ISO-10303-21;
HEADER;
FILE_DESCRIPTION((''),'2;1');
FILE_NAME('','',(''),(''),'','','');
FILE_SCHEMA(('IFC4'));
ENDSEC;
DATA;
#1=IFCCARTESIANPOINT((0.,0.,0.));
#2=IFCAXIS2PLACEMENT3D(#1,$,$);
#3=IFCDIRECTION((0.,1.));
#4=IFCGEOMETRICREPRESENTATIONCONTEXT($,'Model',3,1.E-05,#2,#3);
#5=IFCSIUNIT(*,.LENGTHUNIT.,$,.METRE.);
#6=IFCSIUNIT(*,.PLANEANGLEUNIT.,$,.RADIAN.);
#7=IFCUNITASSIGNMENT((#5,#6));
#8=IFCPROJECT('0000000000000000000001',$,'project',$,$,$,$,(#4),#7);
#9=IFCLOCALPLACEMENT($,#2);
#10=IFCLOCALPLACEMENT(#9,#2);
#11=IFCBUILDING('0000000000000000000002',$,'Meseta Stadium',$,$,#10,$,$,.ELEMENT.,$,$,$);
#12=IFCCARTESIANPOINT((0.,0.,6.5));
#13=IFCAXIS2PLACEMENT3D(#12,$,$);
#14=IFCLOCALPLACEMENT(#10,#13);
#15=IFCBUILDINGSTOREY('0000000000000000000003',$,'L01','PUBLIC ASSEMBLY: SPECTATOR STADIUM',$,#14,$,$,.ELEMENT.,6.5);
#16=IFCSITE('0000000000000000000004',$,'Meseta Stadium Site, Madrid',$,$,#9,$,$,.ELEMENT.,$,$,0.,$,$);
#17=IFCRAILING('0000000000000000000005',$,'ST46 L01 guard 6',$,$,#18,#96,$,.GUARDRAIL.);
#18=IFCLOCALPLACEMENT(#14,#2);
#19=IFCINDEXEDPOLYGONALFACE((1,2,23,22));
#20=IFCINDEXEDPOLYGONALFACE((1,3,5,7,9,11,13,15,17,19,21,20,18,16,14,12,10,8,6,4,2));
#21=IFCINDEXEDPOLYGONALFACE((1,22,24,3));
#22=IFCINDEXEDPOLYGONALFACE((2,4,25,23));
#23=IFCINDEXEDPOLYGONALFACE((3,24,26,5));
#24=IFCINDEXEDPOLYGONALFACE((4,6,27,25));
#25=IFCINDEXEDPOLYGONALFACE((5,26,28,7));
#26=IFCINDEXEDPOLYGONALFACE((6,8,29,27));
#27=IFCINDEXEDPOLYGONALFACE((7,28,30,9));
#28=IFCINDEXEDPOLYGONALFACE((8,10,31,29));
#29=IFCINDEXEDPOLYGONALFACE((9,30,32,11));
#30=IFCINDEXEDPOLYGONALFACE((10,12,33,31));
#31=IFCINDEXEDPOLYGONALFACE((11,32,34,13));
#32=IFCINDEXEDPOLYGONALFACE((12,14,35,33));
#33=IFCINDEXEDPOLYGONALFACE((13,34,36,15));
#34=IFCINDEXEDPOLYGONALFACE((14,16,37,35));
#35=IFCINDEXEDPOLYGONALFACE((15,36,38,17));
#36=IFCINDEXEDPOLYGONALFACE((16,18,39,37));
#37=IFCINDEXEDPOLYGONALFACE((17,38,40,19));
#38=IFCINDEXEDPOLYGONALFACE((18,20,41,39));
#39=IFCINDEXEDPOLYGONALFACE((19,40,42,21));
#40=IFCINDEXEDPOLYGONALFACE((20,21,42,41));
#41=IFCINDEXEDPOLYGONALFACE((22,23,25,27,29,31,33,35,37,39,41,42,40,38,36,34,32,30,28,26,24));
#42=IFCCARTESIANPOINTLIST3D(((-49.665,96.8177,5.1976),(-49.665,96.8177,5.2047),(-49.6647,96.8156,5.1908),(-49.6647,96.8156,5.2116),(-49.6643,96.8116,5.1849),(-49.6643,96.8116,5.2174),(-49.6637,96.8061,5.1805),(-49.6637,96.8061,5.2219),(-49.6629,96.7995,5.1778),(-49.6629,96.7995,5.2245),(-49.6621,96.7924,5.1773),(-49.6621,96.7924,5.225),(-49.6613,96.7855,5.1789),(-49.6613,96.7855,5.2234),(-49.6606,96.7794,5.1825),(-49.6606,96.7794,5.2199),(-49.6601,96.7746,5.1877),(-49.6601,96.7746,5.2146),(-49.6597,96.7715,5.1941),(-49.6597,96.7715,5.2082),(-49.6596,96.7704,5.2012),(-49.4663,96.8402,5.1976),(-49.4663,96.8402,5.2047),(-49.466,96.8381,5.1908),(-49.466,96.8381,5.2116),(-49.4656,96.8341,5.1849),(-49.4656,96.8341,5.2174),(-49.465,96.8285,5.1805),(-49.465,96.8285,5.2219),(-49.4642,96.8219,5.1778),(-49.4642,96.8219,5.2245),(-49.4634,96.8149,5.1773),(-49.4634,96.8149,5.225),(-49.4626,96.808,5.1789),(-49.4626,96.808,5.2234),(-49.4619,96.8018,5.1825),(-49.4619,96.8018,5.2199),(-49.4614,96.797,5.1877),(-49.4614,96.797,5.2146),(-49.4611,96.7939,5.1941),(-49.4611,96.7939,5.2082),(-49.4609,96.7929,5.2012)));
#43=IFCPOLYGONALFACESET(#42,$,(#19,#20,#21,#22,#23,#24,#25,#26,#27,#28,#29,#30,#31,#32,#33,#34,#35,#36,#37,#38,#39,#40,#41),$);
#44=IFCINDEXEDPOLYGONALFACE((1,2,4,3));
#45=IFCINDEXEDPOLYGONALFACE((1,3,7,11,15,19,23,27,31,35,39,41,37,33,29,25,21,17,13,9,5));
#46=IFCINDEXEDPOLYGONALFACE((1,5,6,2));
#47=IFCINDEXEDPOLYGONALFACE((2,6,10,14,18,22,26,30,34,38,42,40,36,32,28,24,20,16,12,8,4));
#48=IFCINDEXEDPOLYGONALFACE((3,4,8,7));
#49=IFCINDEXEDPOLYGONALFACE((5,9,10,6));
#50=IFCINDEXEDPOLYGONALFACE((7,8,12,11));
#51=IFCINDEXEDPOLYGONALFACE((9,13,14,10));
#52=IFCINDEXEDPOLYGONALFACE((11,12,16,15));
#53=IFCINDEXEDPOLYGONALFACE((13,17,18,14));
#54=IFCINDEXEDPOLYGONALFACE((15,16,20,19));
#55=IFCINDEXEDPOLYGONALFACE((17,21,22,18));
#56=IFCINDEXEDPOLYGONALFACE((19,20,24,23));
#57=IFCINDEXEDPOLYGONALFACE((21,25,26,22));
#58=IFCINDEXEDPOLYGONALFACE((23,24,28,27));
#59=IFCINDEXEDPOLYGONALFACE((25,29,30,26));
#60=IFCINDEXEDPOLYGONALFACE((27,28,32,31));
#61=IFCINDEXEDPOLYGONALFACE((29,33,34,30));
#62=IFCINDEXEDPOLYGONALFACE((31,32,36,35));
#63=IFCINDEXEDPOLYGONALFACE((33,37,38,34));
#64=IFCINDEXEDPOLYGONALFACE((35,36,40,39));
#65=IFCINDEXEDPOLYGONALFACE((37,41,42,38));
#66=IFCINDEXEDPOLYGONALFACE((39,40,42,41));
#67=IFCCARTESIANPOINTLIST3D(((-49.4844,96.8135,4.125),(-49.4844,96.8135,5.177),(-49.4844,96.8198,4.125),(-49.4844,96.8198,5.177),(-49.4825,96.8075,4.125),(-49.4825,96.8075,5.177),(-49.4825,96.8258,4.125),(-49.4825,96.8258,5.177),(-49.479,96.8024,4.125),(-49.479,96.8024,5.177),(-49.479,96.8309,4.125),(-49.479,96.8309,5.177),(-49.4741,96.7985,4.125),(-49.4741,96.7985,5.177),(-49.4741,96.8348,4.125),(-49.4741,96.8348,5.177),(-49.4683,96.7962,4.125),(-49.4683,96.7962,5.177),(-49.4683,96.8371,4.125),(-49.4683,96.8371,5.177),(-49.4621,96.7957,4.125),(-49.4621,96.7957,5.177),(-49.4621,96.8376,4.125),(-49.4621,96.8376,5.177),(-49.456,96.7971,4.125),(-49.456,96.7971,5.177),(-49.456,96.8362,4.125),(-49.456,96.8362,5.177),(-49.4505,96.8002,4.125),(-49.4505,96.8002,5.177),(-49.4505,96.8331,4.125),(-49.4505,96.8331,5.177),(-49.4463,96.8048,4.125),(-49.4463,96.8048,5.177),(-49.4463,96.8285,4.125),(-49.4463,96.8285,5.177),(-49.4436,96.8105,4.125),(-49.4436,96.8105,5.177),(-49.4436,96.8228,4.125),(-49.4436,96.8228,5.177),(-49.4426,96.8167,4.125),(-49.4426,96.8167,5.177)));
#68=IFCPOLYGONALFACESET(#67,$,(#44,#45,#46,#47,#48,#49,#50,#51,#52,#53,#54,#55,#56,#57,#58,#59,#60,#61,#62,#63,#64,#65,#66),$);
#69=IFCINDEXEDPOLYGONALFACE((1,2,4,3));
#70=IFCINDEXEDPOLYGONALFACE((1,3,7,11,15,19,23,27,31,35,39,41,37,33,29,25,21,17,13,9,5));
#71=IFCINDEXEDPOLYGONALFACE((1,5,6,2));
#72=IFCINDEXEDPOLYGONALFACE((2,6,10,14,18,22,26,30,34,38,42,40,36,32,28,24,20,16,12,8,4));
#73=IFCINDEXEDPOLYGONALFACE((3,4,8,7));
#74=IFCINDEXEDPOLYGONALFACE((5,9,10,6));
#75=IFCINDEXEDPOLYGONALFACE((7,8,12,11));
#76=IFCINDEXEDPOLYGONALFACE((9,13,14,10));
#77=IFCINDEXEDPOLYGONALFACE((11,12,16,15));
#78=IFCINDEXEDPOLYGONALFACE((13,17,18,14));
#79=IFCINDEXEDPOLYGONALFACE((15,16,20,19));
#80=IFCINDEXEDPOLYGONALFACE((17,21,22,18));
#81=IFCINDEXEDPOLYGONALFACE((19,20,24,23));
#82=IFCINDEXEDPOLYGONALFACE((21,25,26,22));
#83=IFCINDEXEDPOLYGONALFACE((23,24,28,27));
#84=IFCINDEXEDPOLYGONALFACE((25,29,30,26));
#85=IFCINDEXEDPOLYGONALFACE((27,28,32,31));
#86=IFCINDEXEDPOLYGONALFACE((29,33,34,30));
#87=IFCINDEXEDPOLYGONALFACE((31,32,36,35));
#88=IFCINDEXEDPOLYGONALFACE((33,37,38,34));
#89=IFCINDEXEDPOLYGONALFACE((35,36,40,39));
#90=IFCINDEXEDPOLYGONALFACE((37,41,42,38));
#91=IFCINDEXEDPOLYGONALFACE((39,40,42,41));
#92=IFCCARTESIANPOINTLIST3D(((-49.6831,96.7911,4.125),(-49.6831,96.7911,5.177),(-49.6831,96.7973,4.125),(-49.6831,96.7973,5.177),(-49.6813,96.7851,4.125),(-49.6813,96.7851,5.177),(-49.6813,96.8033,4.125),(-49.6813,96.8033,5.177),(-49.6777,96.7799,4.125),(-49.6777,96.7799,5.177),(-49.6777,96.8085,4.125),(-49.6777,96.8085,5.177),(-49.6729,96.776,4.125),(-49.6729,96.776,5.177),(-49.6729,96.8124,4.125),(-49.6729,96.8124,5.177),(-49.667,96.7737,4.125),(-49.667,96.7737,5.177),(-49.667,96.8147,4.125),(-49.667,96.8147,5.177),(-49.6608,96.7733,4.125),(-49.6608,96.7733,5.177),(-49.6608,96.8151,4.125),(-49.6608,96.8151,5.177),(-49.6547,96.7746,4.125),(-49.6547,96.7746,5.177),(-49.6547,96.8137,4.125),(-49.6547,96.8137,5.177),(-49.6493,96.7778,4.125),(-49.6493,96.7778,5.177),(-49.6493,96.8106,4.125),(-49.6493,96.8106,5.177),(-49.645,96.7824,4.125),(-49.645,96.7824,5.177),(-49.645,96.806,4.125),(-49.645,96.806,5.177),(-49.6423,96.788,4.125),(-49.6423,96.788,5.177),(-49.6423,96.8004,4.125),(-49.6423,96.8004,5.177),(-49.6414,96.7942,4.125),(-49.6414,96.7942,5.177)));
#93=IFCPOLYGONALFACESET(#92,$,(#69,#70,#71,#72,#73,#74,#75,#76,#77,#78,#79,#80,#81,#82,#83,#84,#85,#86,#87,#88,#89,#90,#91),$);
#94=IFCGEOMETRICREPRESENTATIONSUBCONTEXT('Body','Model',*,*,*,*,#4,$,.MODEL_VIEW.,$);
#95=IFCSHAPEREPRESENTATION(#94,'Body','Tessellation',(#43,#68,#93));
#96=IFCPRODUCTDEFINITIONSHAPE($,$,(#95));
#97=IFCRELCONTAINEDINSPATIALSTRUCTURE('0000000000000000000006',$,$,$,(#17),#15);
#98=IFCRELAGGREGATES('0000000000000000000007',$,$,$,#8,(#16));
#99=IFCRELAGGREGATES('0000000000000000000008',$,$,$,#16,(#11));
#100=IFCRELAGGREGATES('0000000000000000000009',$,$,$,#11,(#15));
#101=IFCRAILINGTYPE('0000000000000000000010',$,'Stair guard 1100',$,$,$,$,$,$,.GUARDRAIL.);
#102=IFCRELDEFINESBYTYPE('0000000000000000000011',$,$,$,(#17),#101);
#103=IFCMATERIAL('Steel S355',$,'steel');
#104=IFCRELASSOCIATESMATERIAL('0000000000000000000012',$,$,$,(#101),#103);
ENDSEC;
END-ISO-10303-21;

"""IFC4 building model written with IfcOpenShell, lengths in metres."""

from ifc_helpers import new_model, si_unit, direction, frame, origin, origin_2d, place, context, subcontext, project, spatial, circle, extrude, material, type_object, element, save


model = new_model("IFC4")

# Units and contexts
model_context = context("Model", 3, precision=1e-05, world=origin(), true_north=direction((0.0, 1.0)))
body_context = subcontext(model_context, "Body", "Model", "MODEL_VIEW")
ifc_project = project(units=[si_unit("LENGTHUNIT", "METRE"), si_unit("PLANEANGLEUNIT", "RADIAN")], contexts=[model_context])

# Site, building, storey
site_placement = place(None, origin())
site = spatial("IfcSite", under=ifc_project, at=site_placement, Name="Meseta Stadium Site, Madrid", CompositionType="ELEMENT", RefElevation=0.0)
building_placement = place(site_placement, origin())
building = spatial("IfcBuilding", under=site, at=building_placement, Name="Meseta Stadium", CompositionType="ELEMENT")
storey_placement = place(building_placement, frame((0.0, 0.0, 6.5)))
storey = spatial("IfcBuildingStorey", under=building, at=storey_placement, Name="L01", Description="PUBLIC ASSEMBLY: SPECTATOR STADIUM", CompositionType="ELEMENT", Elevation=6.5)

# Railing
ifc_material_1 = material(Name="Steel S355", Category="steel")
railing_type_1 = type_object("IfcRailingType", Name="Stair guard 1100", PredefinedType="GUARDRAIL", material=ifc_material_1)
railing_1_placement = place(storey_placement, frame((-49.4636, 96.8167, 4.125)))
element("IfcRailing", 1, at=railing_1_placement, inside=storey, type_object=railing_type_1, Name="ST46 L01 guard 6", PredefinedType="GUARDRAIL", context=body_context, shape_type="SweptSolid", body=[
    extrude(circle(Radius=0.0239, at=origin_2d()), frame((0.0, 0.0, 1.0762), z_axis=(-0.993674, -0.112307, 0.0), x_axis=(0.112307, -0.993674, 0.0)), (0.0, 0.0, 1.0), 0.2),
    extrude(circle(Radius=0.021, at=origin_2d()), origin(), (0.0, 0.0, 1.0), 1.052),
    extrude(circle(Radius=0.021, at=origin_2d()), frame((-0.1987, -0.0225, 0.0)), (0.0, 0.0, 1.0), 1.052),
])

save(model, "model.ifc")
